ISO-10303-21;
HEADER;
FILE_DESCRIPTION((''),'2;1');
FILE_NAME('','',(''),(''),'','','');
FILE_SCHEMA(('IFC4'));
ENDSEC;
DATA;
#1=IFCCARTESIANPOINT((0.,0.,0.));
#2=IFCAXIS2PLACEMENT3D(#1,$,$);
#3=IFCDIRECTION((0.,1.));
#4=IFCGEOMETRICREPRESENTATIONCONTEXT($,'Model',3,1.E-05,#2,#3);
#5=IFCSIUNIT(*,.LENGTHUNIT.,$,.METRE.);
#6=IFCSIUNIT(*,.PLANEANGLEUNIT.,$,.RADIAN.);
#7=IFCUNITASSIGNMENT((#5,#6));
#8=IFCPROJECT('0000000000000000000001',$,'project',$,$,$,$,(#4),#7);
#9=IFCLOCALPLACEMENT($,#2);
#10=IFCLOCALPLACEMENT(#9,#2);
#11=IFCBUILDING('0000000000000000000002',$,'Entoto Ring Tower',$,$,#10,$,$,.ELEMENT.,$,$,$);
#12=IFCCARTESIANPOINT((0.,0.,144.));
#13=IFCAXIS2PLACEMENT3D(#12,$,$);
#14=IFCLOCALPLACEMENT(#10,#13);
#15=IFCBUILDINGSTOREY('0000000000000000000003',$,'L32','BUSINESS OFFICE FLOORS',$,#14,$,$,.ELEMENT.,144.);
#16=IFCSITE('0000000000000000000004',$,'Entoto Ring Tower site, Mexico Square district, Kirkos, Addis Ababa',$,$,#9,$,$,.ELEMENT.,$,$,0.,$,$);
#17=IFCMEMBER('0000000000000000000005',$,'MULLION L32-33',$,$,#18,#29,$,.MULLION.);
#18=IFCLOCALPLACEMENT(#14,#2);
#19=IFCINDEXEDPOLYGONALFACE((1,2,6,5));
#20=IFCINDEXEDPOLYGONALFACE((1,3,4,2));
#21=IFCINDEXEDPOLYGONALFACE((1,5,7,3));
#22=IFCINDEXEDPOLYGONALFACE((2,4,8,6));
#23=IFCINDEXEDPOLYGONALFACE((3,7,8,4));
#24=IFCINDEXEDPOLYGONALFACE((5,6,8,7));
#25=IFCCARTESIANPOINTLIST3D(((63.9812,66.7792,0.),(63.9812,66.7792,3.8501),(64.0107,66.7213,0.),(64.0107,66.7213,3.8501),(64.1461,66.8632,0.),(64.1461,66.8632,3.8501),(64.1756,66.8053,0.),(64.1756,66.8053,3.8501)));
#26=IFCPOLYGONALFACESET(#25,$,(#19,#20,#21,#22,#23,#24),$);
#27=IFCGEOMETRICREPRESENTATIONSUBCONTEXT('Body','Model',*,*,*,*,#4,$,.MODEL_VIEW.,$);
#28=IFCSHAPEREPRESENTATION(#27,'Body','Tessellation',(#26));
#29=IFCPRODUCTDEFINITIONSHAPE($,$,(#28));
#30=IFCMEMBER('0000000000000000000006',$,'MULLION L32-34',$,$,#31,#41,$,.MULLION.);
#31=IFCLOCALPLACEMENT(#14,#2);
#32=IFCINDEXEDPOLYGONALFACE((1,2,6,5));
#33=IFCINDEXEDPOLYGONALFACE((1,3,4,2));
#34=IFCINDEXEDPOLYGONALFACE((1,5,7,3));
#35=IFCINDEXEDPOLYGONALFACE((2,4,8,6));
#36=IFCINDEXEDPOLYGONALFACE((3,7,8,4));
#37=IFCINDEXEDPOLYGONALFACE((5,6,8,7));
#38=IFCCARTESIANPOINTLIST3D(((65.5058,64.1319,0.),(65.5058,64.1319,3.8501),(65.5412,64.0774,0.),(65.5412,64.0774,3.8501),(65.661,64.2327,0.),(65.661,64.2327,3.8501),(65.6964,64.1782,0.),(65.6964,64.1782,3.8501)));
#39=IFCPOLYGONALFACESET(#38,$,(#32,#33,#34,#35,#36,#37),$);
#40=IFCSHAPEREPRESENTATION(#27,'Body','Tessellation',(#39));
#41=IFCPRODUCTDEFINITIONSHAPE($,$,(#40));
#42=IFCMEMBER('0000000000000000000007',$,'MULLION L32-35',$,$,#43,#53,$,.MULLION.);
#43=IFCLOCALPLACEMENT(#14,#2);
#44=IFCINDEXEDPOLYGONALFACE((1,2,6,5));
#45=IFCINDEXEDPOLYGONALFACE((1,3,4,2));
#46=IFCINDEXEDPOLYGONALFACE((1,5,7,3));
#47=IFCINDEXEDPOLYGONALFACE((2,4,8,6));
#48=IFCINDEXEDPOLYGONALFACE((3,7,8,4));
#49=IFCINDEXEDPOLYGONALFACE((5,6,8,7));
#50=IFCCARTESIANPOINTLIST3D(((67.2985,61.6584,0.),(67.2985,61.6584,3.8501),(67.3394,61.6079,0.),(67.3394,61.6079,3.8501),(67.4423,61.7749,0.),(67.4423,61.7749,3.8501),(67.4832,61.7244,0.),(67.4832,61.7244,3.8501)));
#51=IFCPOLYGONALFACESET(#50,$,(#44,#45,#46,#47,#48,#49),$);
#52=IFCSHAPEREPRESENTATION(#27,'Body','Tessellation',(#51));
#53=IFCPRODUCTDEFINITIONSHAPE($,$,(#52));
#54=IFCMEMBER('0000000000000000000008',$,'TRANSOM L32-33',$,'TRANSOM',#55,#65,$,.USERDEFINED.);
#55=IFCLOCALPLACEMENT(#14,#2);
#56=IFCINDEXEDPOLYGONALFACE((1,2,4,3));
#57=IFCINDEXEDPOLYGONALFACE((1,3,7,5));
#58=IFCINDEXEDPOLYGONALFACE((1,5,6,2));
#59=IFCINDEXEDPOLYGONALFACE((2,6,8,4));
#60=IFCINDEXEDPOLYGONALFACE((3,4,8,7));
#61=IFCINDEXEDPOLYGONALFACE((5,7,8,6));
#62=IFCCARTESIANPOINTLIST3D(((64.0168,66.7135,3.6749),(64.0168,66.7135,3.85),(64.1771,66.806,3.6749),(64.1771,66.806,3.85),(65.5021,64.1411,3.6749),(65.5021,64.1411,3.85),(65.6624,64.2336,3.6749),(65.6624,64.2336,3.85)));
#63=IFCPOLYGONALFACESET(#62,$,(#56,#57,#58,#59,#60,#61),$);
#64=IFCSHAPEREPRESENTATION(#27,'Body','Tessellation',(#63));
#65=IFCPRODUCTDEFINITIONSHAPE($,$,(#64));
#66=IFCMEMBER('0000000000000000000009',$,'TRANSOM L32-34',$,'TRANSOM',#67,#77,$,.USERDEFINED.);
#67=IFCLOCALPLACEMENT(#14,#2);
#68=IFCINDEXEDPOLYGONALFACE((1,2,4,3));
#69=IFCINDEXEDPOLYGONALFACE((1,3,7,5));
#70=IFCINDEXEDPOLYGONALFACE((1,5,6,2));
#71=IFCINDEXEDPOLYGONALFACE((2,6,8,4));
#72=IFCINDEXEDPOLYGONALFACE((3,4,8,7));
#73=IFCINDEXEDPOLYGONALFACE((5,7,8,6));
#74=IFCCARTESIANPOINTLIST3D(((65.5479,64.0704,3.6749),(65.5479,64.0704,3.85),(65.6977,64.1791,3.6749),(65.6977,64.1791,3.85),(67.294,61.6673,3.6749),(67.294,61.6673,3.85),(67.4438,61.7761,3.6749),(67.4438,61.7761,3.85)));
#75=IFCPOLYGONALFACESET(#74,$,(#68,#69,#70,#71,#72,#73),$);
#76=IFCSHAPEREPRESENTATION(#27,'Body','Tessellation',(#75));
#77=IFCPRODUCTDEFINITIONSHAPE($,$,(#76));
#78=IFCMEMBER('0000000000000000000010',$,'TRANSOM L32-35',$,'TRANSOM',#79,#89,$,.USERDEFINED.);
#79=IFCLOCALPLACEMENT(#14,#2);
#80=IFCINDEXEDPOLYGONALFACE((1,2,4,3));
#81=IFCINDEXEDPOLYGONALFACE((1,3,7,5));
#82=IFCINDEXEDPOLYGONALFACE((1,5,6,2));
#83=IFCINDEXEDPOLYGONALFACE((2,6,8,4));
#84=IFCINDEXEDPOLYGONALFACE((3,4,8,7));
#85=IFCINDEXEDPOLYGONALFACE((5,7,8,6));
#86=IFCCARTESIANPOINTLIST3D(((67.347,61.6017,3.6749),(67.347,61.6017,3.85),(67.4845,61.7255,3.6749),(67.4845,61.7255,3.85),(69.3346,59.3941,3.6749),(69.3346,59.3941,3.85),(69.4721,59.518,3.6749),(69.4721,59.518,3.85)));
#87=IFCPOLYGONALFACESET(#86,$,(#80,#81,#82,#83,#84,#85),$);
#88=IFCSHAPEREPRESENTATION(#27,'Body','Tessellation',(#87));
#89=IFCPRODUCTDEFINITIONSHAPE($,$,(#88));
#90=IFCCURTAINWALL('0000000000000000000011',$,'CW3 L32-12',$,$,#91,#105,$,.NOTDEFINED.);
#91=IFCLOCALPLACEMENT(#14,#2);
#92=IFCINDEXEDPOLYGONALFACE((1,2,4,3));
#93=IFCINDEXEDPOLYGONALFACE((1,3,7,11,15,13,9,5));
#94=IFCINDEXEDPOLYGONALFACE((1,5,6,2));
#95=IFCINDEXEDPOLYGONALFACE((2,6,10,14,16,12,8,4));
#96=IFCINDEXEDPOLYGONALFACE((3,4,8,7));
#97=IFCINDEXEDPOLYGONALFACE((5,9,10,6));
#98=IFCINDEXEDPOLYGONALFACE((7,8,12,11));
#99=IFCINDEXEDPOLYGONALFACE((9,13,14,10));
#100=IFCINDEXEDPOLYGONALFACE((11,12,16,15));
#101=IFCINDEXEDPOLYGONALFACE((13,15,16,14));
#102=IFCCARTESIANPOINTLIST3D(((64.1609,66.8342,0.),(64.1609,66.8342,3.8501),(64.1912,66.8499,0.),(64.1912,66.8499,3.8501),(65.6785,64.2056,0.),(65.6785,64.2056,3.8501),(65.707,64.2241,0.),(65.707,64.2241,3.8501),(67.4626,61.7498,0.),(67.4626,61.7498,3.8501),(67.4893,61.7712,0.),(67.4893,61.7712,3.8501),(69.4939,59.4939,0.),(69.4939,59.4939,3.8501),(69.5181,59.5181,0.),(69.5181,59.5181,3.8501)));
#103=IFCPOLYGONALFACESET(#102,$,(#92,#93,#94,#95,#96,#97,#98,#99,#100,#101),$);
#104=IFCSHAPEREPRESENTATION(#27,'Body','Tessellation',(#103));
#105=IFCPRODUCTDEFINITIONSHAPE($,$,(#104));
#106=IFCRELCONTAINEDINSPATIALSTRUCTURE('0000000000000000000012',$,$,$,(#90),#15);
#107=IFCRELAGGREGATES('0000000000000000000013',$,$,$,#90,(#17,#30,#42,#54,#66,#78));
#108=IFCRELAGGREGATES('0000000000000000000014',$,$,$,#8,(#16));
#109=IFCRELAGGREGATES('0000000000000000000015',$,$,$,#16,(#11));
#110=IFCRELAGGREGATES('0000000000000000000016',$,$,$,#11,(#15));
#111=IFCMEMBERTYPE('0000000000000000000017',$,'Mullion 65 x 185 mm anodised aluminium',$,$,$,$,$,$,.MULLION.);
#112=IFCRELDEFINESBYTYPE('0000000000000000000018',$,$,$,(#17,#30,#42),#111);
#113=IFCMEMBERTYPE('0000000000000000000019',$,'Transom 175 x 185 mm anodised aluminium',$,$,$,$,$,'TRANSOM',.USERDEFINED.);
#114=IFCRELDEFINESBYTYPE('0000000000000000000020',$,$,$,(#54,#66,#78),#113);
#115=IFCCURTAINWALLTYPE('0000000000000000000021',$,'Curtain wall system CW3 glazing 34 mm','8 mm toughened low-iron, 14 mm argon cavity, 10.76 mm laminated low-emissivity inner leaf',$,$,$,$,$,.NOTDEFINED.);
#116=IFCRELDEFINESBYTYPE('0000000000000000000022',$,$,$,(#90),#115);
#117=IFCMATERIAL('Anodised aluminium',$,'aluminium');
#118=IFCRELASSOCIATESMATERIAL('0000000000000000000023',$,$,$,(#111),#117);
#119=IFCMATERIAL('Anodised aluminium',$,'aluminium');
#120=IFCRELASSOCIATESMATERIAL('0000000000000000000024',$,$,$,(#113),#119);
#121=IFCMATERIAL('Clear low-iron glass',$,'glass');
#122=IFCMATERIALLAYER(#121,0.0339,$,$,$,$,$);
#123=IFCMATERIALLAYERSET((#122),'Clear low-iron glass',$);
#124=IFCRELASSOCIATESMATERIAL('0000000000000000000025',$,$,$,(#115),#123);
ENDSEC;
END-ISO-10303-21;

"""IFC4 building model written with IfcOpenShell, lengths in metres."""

from ifc_helpers import new_model, si_unit, direction, frame, origin, origin_2d, place, context, subcontext, project, spatial, polyline, rectangle, outline, extrude, material, layer, layer_set, material_profile, profile_set, type_object, element, aggregate, save


model = new_model("IFC4")

# Units and contexts
model_context = context("Model", 3, precision=1e-05, world=origin(), true_north=direction((0.0, 1.0)))
body_context = subcontext(model_context, "Body", "Model", "MODEL_VIEW")
ifc_project = project(units=[si_unit("LENGTHUNIT", "METRE"), si_unit("PLANEANGLEUNIT", "RADIAN")], contexts=[model_context])

# Members
ifc_material_1 = material(Name="Anodised aluminium", Category="aluminium")
ifc_material_profile_1 = material_profile(ifc_material_1, rectangle(XDim=0.0649, YDim=0.1851, at=origin_2d()), Name="Mullion 65 x 185 mm anodised aluminium")
ifc_profile_set_1 = profile_set([ifc_material_profile_1], Name="Anodised aluminium")
member_type_1 = type_object("IfcMemberType", Name="Mullion 65 x 185 mm anodised aluminium", PredefinedType="MULLION", material=ifc_profile_set_1)
site_placement = place(None, origin())
building_placement = place(site_placement, origin())
storey_placement = place(building_placement, frame((0.0, 0.0, 144.0)))
member_1_placement = place(storey_placement, frame((64.0784, 66.7922, 0.0), z_axis=(0.0, 0.0, 1.0), x_axis=(0.45399, -0.891007, 0.0)))
member_1 = element("IfcMember", 1, at=member_1_placement, type_object=member_type_1, Name="MULLION L32-33", PredefinedType="MULLION", context=body_context, shape_type="SweptSolid", body=[
    extrude(rectangle(XDim=0.0649, YDim=0.1851, at=origin_2d()), origin(), (0.0, 0.0, 1.0), 3.8501),
])
member_2_placement = place(storey_placement, frame((65.6011, 64.155, 0.0), z_axis=(0.0, 0.0, 1.0), x_axis=(0.544639, -0.838671, 0.0)))
member_2 = element("IfcMember", 2, at=member_2_placement, type_object=member_type_1, Name="MULLION L32-34", PredefinedType="MULLION", context=body_context, shape_type="SweptSolid", body=[
    extrude(rectangle(XDim=0.0649, YDim=0.1851, at=origin_2d()), origin(), (0.0, 0.0, 1.0), 3.8501),
])
member_3_placement = place(storey_placement, frame((67.3909, 61.6914, 0.0), z_axis=(0.0, 0.0, 1.0), x_axis=(0.62932, -0.777146, 0.0)))
member_3 = element("IfcMember", 3, at=member_3_placement, type_object=member_type_1, Name="MULLION L32-35", PredefinedType="MULLION", context=body_context, shape_type="SweptSolid", body=[
    extrude(rectangle(XDim=0.0649, YDim=0.1851, at=origin_2d()), origin(), (0.0, 0.0, 1.0), 3.8501),
])
ifc_material_2 = material(Name="Anodised aluminium", Category="aluminium")
ifc_material_profile_2 = material_profile(ifc_material_2, rectangle(XDim=0.1851, YDim=0.175, at=origin_2d()), Name="Transom 175 x 185 mm anodised aluminium")
ifc_profile_set_2 = profile_set([ifc_material_profile_2], Name="Anodised aluminium")
member_type_2 = type_object("IfcMemberType", Name="Transom 175 x 185 mm anodised aluminium", ElementType="TRANSOM", PredefinedType="USERDEFINED", material=ifc_profile_set_2)
member_4_placement = place(storey_placement, frame((64.0969, 66.7598, 3.7625), z_axis=(0.500028, -0.866009, 0.0), x_axis=(0.866009, 0.500028, 0.0)))
member_4 = element("IfcMember", 4, at=member_4_placement, type_object=member_type_2, Name="TRANSOM L32-33", ObjectType="TRANSOM", PredefinedType="USERDEFINED", context=body_context, shape_type="SweptSolid", body=[
    extrude(rectangle(XDim=0.1851, YDim=0.175, at=origin_2d()), origin(), (0.0, 0.0, 1.0), 2.9705),
])
member_5_placement = place(storey_placement, frame((65.6228, 64.1248, 3.7625), z_axis=(0.58782, -0.808992, 0.0), x_axis=(0.808992, 0.58782, 0.0)))
member_5 = element("IfcMember", 5, at=member_5_placement, type_object=member_type_2, Name="TRANSOM L32-34", ObjectType="TRANSOM", PredefinedType="USERDEFINED", context=body_context, shape_type="SweptSolid", body=[
    extrude(rectangle(XDim=0.1851, YDim=0.175, at=origin_2d()), origin(), (0.0, 0.0, 1.0), 2.9705),
])
member_6_placement = place(storey_placement, frame((67.4158, 61.6636, 3.7625), z_axis=(0.66911, -0.743163, 0.0), x_axis=(0.743163, 0.66911, 0.0)))
member_6 = element("IfcMember", 6, at=member_6_placement, type_object=member_type_2, Name="TRANSOM L32-35", ObjectType="TRANSOM", PredefinedType="USERDEFINED", context=body_context, shape_type="SweptSolid", body=[
    extrude(rectangle(XDim=0.1851, YDim=0.175, at=origin_2d()), origin(), (0.0, 0.0, 1.0), 2.9705),
])

# Site, building, storey
site = spatial("IfcSite", under=ifc_project, at=site_placement, Name="Entoto Ring Tower site, Mexico Square district, Kirkos, Addis Ababa", CompositionType="ELEMENT", RefElevation=0.0)
building = spatial("IfcBuilding", under=site, at=building_placement, Name="Entoto Ring Tower", CompositionType="ELEMENT")
storey = spatial("IfcBuildingStorey", under=building, at=storey_placement, Name="L32", Description="BUSINESS OFFICE FLOORS", CompositionType="ELEMENT", Elevation=144.0)

# Curtain wall
ifc_material_3 = material(Name="Clear low-iron glass", Category="glass")
ifc_layer = layer(ifc_material_3, 0.0339)
ifc_layer_set = layer_set([ifc_layer], Name="Clear low-iron glass")
curtain_wall_type = type_object("IfcCurtainWallType", Name="Curtain wall system CW3 glazing 34 mm", Description="8 mm toughened low-iron, 14 mm argon cavity, 10.76 mm laminated low-emissivity inner leaf", PredefinedType="NOTDEFINED", material=ifc_layer_set)
curtain_wall_1_placement = place(storey_placement, origin())
curtain_wall_1 = element("IfcCurtainWall", 7, at=curtain_wall_1_placement, inside=storey, type_object=curtain_wall_type, Name="CW3 L32-12", PredefinedType="NOTDEFINED", context=body_context, shape_type="SweptSolid", body=[
    extrude(outline(polyline([(64.1609, 66.8342), (65.6785, 64.2056), (67.4626, 61.7498), (69.4939, 59.4939), (69.5181, 59.5181), (67.4893, 61.7712), (65.707, 64.2241), (64.1912, 66.8499), (64.1609, 66.8342)])), origin(), (0.0, 0.0, 1.0), 3.8501),
])
aggregate(curtain_wall_1, [member_1, member_2, member_3, member_4, member_5, member_6])

save(model, "model.ifc")
